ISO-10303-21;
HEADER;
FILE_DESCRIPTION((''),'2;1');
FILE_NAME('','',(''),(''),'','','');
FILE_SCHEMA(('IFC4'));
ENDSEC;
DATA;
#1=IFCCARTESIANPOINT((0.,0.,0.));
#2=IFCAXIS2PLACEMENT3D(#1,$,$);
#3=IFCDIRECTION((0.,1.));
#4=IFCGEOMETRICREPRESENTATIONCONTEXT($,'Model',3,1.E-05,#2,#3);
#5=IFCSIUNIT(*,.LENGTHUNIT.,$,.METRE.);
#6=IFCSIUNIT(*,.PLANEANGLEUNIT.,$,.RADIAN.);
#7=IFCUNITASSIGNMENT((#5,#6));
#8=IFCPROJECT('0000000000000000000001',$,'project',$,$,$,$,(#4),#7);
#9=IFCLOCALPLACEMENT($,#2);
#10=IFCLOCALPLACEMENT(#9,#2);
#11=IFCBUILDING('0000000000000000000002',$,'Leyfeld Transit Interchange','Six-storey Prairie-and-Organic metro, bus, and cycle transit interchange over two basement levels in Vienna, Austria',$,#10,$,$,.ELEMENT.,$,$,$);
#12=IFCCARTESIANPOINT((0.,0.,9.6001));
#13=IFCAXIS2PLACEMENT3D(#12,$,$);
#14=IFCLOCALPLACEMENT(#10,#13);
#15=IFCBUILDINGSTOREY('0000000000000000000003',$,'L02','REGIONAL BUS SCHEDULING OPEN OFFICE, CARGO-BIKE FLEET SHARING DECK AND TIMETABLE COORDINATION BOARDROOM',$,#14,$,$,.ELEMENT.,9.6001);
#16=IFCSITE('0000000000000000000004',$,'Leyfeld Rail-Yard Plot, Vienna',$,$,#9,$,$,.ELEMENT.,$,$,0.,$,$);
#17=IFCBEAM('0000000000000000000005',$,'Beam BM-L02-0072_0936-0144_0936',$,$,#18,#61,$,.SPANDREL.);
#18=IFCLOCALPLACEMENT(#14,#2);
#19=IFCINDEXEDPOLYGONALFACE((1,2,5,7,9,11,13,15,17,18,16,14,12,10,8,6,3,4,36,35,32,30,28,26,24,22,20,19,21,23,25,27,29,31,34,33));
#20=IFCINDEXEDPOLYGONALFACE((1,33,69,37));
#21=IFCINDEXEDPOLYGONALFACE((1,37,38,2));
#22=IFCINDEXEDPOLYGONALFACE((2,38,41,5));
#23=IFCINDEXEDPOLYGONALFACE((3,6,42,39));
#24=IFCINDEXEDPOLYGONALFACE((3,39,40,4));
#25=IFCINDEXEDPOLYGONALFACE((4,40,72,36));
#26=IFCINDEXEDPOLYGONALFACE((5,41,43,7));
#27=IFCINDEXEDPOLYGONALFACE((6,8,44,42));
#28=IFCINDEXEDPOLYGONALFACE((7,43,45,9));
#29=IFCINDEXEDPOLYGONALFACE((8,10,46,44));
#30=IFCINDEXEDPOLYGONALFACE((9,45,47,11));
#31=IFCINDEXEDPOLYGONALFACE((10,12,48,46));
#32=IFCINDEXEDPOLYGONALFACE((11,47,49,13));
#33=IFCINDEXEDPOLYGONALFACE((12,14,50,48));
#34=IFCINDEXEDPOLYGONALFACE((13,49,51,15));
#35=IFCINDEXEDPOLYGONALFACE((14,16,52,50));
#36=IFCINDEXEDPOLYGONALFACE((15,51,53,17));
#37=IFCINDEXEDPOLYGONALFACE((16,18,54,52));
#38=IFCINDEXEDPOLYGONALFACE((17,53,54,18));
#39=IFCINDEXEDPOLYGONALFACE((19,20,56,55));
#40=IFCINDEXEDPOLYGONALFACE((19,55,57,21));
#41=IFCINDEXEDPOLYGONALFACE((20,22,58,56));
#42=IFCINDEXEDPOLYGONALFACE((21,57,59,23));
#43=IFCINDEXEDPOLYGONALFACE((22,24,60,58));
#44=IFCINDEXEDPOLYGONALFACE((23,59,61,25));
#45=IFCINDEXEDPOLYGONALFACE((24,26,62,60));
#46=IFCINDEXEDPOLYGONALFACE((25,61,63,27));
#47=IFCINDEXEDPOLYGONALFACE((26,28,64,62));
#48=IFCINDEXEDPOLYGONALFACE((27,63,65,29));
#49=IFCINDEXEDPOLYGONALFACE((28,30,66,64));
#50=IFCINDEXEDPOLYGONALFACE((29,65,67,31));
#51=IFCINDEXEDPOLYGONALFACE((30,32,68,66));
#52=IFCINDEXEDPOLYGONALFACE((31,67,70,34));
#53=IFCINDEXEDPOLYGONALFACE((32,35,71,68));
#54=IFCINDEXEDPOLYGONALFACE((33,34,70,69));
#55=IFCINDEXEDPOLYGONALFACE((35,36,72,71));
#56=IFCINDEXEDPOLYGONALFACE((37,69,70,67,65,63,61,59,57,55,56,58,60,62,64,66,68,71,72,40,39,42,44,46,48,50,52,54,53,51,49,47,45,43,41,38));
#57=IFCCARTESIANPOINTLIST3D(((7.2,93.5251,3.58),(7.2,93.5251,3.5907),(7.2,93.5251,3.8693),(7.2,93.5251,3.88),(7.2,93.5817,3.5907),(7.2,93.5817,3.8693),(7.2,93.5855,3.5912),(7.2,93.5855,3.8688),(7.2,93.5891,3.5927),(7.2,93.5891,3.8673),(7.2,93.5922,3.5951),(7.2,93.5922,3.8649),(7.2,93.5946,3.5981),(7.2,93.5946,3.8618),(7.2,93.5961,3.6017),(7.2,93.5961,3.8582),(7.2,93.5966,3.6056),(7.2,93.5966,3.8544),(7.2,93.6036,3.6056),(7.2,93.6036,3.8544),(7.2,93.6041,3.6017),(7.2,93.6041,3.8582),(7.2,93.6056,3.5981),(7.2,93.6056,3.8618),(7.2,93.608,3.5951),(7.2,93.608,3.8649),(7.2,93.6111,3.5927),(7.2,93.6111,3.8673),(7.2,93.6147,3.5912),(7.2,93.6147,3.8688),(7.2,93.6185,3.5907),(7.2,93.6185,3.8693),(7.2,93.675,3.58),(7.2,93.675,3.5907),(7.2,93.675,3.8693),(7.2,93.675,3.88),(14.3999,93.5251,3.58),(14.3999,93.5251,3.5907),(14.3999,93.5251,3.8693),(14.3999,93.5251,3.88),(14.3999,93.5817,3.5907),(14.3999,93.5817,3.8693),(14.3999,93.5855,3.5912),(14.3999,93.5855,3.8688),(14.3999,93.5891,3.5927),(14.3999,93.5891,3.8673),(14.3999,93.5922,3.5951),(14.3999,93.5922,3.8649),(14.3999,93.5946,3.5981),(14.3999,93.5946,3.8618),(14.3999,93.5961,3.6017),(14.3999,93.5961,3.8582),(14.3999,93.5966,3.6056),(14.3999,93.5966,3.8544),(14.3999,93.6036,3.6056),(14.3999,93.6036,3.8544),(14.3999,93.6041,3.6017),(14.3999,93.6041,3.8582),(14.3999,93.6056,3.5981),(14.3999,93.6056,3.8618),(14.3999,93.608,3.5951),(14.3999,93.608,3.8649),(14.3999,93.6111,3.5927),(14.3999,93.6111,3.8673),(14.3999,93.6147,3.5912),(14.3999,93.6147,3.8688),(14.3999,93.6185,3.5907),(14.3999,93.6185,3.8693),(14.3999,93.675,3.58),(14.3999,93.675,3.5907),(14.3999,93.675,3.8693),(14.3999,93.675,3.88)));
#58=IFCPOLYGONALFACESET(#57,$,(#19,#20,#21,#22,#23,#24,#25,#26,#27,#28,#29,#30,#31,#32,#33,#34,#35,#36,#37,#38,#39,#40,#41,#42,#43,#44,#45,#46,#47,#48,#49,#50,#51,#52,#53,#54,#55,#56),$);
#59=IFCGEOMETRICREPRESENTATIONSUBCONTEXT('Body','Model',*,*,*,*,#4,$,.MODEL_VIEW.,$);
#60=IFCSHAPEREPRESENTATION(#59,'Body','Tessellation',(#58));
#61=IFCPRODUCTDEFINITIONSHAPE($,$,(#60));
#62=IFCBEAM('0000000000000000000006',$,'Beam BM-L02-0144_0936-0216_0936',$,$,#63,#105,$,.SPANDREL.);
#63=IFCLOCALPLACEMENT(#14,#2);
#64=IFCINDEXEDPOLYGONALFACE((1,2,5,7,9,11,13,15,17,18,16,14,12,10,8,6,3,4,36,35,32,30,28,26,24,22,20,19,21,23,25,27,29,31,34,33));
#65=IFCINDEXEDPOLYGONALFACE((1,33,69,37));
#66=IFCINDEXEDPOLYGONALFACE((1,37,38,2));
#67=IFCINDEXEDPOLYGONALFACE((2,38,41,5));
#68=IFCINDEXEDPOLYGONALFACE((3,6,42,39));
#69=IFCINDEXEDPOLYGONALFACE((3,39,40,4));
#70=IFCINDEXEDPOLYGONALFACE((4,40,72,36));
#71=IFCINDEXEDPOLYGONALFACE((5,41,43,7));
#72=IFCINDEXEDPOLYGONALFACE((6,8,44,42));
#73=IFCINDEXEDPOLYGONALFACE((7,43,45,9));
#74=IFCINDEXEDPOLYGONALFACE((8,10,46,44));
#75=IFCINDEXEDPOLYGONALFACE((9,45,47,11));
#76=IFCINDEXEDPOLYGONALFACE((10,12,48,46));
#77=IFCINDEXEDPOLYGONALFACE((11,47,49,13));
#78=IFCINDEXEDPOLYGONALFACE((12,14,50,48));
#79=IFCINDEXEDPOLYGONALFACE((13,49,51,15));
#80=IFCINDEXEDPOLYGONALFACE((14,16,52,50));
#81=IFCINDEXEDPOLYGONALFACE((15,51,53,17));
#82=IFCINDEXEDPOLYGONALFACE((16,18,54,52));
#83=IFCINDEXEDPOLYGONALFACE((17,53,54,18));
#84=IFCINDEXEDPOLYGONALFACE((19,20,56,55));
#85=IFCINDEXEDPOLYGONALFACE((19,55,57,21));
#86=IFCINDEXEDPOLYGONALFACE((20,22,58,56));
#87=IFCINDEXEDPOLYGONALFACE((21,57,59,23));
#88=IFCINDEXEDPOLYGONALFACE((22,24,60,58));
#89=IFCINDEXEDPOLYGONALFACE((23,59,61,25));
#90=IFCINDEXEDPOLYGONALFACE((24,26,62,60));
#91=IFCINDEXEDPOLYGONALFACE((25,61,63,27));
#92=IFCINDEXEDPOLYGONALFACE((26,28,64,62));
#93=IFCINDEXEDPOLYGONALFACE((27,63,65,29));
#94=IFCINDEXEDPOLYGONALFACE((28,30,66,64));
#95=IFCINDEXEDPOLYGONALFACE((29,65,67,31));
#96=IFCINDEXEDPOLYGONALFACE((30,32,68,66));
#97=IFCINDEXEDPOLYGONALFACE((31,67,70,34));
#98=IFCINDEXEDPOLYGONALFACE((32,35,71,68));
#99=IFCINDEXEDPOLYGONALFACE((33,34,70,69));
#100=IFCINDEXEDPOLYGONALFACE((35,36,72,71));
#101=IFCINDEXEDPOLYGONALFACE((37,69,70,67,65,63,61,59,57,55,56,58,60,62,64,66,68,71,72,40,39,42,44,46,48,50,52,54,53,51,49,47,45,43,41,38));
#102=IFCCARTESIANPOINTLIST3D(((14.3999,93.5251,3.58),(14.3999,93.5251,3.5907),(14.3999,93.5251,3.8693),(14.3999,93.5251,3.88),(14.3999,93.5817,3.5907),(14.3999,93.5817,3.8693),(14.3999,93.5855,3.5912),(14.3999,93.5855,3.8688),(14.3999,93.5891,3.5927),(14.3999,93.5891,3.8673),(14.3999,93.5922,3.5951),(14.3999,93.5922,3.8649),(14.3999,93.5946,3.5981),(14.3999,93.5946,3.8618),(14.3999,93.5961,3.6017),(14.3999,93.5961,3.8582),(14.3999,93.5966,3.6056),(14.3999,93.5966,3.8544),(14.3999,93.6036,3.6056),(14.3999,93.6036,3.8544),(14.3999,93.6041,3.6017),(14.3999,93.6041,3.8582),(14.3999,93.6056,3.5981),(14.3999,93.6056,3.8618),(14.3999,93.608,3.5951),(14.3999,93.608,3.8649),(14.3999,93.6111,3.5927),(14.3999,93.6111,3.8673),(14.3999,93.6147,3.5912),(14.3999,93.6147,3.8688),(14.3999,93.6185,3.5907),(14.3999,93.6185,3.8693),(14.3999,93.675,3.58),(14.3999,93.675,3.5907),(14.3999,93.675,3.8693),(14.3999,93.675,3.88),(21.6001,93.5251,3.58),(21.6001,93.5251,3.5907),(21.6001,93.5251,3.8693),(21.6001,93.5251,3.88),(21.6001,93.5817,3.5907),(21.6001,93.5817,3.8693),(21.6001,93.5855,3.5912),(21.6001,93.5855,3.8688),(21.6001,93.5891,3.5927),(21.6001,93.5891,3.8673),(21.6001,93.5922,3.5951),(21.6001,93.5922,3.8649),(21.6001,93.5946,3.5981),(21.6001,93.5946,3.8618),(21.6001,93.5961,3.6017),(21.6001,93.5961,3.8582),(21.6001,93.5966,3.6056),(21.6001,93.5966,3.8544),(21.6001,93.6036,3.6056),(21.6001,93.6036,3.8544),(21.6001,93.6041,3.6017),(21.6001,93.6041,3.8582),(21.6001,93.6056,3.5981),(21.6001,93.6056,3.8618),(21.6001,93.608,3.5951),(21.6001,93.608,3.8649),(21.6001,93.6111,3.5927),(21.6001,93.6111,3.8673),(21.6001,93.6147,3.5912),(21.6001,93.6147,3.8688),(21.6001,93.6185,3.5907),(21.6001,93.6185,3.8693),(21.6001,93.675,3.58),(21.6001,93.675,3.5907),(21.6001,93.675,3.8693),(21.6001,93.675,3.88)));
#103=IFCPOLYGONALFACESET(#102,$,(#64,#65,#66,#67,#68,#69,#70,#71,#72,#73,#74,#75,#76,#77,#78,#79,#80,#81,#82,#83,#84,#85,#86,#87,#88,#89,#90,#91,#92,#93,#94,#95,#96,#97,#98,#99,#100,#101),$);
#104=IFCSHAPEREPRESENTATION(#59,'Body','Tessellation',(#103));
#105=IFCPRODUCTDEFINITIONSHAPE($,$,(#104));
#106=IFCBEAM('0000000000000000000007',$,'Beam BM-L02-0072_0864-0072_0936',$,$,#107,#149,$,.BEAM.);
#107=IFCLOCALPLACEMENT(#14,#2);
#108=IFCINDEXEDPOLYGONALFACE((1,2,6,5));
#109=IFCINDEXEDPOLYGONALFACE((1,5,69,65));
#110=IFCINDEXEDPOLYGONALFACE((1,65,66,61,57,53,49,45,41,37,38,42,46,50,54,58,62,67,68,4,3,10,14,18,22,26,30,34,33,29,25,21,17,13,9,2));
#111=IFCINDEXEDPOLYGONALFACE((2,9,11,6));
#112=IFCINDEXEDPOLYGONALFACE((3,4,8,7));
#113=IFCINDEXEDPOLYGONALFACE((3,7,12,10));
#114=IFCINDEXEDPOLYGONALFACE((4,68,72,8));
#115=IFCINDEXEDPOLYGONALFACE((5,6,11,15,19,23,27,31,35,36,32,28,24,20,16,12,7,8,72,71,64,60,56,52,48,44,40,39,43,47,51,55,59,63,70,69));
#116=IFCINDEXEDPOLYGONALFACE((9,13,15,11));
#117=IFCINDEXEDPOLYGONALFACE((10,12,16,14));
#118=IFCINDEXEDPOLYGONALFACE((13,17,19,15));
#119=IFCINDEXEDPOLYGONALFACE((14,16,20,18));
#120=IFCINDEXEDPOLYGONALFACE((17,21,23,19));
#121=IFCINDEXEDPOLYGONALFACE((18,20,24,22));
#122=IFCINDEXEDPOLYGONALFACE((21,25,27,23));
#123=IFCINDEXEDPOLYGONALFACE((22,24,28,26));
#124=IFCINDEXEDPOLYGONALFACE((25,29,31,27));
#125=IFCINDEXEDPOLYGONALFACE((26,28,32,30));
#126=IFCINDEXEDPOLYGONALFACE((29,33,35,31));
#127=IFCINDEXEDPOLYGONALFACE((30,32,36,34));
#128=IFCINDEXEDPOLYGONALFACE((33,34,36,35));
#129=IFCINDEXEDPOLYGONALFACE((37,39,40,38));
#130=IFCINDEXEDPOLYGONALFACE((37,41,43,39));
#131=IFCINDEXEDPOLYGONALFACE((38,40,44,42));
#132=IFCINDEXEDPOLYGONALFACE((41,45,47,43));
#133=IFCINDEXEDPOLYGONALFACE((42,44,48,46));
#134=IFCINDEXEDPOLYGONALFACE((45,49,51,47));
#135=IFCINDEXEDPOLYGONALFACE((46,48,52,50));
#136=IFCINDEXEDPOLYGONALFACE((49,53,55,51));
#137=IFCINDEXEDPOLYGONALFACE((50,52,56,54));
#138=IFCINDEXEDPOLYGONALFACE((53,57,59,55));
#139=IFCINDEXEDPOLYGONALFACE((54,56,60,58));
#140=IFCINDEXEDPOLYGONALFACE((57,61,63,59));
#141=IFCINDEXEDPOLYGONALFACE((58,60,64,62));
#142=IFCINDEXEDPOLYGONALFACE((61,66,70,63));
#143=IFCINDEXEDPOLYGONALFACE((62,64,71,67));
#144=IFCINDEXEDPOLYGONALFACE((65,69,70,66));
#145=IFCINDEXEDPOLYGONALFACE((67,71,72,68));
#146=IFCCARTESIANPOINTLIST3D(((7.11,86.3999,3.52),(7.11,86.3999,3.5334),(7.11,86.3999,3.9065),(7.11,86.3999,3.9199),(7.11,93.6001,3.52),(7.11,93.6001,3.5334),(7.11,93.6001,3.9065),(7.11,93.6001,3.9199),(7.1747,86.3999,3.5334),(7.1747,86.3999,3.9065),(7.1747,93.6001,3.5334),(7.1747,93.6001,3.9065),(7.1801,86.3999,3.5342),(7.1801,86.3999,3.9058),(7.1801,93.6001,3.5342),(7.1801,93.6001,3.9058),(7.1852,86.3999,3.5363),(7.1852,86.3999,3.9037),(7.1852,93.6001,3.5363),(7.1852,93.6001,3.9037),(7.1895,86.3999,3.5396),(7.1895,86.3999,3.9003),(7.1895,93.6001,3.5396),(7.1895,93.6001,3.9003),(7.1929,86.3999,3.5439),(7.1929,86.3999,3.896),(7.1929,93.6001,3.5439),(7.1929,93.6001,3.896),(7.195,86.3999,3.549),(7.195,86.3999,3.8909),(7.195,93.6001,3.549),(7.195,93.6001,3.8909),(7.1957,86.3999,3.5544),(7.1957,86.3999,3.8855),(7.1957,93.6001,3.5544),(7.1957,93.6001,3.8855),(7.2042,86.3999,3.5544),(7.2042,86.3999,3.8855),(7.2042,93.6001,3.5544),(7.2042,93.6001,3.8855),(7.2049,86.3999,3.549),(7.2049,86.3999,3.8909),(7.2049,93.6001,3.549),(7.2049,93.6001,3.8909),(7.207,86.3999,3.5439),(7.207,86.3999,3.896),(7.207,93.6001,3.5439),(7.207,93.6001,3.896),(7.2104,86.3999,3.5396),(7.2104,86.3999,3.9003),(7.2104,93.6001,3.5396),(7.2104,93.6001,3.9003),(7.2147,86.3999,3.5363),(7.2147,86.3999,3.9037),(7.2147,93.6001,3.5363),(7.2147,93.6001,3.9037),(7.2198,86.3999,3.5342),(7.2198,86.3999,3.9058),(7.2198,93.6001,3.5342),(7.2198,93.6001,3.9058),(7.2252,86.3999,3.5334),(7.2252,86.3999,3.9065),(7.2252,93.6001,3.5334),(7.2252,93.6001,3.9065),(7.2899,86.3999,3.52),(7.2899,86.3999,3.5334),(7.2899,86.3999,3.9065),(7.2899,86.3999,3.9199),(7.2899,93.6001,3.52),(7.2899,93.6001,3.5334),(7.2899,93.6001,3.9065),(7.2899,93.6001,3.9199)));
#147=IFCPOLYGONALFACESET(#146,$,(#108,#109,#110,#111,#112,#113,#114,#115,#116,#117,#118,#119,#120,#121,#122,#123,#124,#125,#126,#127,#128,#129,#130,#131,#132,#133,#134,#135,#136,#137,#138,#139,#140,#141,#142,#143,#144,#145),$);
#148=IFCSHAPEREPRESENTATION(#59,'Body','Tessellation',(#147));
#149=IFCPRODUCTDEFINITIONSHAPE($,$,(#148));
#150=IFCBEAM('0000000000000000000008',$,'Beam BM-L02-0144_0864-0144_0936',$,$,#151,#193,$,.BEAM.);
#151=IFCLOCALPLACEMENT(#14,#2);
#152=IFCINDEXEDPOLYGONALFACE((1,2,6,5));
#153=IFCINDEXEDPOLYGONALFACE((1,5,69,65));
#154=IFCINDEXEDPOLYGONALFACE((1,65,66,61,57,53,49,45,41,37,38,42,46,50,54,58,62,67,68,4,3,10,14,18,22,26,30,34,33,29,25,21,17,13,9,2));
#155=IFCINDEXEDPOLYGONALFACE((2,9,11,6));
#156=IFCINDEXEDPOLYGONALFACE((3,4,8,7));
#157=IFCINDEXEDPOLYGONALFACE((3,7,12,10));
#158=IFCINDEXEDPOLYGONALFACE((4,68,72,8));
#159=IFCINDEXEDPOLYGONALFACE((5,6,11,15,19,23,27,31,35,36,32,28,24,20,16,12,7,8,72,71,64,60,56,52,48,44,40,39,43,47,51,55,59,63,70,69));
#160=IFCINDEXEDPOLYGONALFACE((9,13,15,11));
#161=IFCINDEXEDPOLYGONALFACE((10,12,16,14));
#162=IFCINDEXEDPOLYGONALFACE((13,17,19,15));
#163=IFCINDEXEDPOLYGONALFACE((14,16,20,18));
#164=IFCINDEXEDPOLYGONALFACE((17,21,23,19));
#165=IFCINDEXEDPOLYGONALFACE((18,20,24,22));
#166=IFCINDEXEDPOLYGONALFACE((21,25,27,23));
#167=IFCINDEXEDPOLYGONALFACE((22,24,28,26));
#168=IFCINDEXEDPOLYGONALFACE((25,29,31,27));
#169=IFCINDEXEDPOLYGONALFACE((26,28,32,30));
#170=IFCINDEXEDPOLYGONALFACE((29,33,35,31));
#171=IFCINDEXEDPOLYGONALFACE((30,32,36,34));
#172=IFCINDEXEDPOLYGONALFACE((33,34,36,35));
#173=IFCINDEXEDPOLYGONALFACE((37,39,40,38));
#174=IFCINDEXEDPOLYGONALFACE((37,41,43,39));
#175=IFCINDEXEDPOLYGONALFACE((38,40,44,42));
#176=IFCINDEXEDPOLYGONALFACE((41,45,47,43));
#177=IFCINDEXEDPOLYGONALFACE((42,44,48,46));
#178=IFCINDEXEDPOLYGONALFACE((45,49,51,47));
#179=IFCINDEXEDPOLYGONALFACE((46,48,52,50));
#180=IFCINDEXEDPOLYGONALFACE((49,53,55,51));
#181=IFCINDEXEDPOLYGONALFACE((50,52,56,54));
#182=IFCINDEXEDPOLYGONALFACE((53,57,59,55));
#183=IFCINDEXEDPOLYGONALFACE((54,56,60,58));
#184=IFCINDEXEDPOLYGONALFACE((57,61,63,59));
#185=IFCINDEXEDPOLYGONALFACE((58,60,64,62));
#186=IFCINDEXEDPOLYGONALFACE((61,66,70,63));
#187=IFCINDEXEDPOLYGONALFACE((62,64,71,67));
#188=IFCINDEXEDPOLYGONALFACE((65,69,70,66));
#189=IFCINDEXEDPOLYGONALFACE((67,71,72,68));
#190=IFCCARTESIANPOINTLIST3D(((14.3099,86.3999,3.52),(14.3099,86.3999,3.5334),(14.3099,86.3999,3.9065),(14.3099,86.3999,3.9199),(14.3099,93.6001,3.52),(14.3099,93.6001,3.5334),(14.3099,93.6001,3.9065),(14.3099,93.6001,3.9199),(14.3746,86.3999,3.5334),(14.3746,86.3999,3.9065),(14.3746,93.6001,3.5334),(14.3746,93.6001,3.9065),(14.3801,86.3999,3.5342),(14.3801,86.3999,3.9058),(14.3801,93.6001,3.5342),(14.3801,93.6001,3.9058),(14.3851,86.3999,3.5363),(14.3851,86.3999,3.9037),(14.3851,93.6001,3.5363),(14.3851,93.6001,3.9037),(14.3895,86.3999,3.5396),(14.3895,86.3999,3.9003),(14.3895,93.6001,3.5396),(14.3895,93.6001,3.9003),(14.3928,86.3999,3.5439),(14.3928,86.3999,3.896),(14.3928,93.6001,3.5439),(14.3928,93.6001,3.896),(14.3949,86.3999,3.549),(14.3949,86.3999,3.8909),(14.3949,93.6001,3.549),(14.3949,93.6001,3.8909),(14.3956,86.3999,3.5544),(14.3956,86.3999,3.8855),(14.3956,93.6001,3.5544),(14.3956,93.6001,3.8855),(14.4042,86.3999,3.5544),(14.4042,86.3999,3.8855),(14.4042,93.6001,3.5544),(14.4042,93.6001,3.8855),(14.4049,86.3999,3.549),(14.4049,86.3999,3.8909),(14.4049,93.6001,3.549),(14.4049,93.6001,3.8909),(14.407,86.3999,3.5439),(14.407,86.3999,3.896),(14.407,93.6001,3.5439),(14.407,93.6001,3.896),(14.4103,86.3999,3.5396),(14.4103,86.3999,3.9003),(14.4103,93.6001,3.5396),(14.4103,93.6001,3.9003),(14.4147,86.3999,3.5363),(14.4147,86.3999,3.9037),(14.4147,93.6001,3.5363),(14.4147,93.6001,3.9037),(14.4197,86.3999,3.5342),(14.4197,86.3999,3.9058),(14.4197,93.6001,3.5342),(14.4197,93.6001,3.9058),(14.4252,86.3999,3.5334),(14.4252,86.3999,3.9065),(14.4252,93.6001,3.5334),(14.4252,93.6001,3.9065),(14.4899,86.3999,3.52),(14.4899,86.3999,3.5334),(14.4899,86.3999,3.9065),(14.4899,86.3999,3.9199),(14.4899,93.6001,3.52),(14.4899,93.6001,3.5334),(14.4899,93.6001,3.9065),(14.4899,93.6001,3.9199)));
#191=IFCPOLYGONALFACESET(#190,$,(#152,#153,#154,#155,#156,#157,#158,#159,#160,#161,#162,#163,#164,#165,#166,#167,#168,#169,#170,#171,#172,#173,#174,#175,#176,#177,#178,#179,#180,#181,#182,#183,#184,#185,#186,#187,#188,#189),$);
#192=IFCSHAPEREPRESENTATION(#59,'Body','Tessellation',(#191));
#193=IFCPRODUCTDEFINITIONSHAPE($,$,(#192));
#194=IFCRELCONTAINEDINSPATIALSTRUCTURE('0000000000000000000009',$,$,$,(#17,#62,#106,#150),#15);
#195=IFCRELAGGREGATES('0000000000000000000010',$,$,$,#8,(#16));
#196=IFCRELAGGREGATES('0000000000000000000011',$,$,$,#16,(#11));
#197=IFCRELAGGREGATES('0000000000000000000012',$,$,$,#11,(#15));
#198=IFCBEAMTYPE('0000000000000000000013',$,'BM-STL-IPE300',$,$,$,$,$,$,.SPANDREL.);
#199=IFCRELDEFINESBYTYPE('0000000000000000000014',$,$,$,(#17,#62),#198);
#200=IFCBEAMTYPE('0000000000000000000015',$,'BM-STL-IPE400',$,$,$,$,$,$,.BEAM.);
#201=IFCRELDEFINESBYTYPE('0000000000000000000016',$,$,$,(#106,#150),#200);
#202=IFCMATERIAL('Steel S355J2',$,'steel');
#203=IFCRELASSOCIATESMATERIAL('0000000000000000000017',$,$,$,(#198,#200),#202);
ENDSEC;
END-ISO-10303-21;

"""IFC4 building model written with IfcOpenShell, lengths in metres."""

from ifc_helpers import new_model, si_unit, direction, frame, origin, origin_2d, place, context, subcontext, project, spatial, i_section, extrude, material, material_profile, profile_set, type_object, element, save


model = new_model("IFC4")

# Units and contexts
model_context = context("Model", 3, precision=1e-05, world=origin(), true_north=direction((0.0, 1.0)))
body_context = subcontext(model_context, "Body", "Model", "MODEL_VIEW")
ifc_project = project(units=[si_unit("LENGTHUNIT", "METRE"), si_unit("PLANEANGLEUNIT", "RADIAN")], contexts=[model_context])

# Site, building, storey
site_placement = place(None, origin())
site = spatial("IfcSite", under=ifc_project, at=site_placement, Name="Leyfeld Rail-Yard Plot, Vienna", CompositionType="ELEMENT", RefElevation=0.0)
building_placement = place(site_placement, origin())
building = spatial("IfcBuilding", under=site, at=building_placement, Name="Leyfeld Transit Interchange", Description="Six-storey Prairie-and-Organic metro, bus, and cycle transit interchange over two basement levels in Vienna, Austria", CompositionType="ELEMENT")
storey_placement = place(building_placement, frame((0.0, 0.0, 9.6001)))
storey = spatial("IfcBuildingStorey", under=building, at=storey_placement, Name="L02", Description="REGIONAL BUS SCHEDULING OPEN OFFICE, CARGO-BIKE FLEET SHARING DECK AND TIMETABLE COORDINATION BOARDROOM", CompositionType="ELEMENT", Elevation=9.6001)

# Beams
ifc_material_1 = material(Name="Steel S355J2", Category="steel")
ifc_material_profile_1 = material_profile(ifc_material_1, i_section(OverallWidth=0.1499, OverallDepth=0.3, WebThickness=0.0071, FlangeThickness=0.0107, FilletRadius=0.0149, at=origin_2d()), Name="IPE 300")
ifc_profile_set_1 = profile_set([ifc_material_profile_1], Name="Steel S355J2")
beam_type_1 = type_object("IfcBeamType", Name="BM-STL-IPE300", PredefinedType="SPANDREL", material=ifc_profile_set_1)
beam_1_placement = place(storey_placement, frame((7.2, 93.6001, 3.73), z_axis=(1.0, 0.0, 0.0), x_axis=(0.0, 1.0, 0.0)))
element("IfcBeam", 1, at=beam_1_placement, inside=storey, type_object=beam_type_1, Name="Beam BM-L02-0072_0936-0144_0936", PredefinedType="SPANDREL", context=body_context, shape_type="SweptSolid", body=[
    extrude(i_section(OverallWidth=0.1499, OverallDepth=0.3, WebThickness=0.0071, FlangeThickness=0.0107, FilletRadius=0.0149, at=origin_2d()), origin(), (0.0, 0.0, 1.0), 7.2),
])
beam_2_placement = place(storey_placement, frame((14.3999, 93.6001, 3.73), z_axis=(1.0, 0.0, 0.0), x_axis=(0.0, 1.0, 0.0)))
element("IfcBeam", 2, at=beam_2_placement, inside=storey, type_object=beam_type_1, Name="Beam BM-L02-0144_0936-0216_0936", PredefinedType="SPANDREL", context=body_context, shape_type="SweptSolid", body=[
    extrude(i_section(OverallWidth=0.1499, OverallDepth=0.3, WebThickness=0.0071, FlangeThickness=0.0107, FilletRadius=0.0149, at=origin_2d()), origin(), (0.0, 0.0, 1.0), 7.2002),
])
ifc_material_profile_2 = material_profile(ifc_material_1, i_section(OverallWidth=0.1799, OverallDepth=0.3999, WebThickness=0.0085, FlangeThickness=0.0134, FilletRadius=0.021, at=origin_2d()), Name="IPE 400")
ifc_profile_set_2 = profile_set([ifc_material_profile_2], Name="Steel S355J2")
beam_type_2 = type_object("IfcBeamType", Name="BM-STL-IPE400", PredefinedType="BEAM", material=ifc_profile_set_2)
for number, where, z_axis, x_axis, name in (
    (3, (7.2, 86.3999, 3.72), (0.0, 1.0, 0.0), (-1.0, 0.0, 0.0), "Beam BM-L02-0072_0864-0072_0936"),
    (4, (14.3999, 86.3999, 3.72), (0.0, 1.0, 0.0), (-1.0, 0.0, 0.0), "Beam BM-L02-0144_0864-0144_0936"),
):
    element("IfcBeam", number, at=place(storey_placement, frame(where, z_axis=z_axis, x_axis=x_axis)), inside=storey, type_object=beam_type_2, Name=name, PredefinedType="BEAM", context=body_context, shape_type="SweptSolid", body=[
        extrude(i_section(OverallWidth=0.1799, OverallDepth=0.3999, WebThickness=0.0085, FlangeThickness=0.0134, FilletRadius=0.021, at=origin_2d()), origin(), (0.0, 0.0, 1.0), 7.2002),
    ])

save(model, "model.ifc")
